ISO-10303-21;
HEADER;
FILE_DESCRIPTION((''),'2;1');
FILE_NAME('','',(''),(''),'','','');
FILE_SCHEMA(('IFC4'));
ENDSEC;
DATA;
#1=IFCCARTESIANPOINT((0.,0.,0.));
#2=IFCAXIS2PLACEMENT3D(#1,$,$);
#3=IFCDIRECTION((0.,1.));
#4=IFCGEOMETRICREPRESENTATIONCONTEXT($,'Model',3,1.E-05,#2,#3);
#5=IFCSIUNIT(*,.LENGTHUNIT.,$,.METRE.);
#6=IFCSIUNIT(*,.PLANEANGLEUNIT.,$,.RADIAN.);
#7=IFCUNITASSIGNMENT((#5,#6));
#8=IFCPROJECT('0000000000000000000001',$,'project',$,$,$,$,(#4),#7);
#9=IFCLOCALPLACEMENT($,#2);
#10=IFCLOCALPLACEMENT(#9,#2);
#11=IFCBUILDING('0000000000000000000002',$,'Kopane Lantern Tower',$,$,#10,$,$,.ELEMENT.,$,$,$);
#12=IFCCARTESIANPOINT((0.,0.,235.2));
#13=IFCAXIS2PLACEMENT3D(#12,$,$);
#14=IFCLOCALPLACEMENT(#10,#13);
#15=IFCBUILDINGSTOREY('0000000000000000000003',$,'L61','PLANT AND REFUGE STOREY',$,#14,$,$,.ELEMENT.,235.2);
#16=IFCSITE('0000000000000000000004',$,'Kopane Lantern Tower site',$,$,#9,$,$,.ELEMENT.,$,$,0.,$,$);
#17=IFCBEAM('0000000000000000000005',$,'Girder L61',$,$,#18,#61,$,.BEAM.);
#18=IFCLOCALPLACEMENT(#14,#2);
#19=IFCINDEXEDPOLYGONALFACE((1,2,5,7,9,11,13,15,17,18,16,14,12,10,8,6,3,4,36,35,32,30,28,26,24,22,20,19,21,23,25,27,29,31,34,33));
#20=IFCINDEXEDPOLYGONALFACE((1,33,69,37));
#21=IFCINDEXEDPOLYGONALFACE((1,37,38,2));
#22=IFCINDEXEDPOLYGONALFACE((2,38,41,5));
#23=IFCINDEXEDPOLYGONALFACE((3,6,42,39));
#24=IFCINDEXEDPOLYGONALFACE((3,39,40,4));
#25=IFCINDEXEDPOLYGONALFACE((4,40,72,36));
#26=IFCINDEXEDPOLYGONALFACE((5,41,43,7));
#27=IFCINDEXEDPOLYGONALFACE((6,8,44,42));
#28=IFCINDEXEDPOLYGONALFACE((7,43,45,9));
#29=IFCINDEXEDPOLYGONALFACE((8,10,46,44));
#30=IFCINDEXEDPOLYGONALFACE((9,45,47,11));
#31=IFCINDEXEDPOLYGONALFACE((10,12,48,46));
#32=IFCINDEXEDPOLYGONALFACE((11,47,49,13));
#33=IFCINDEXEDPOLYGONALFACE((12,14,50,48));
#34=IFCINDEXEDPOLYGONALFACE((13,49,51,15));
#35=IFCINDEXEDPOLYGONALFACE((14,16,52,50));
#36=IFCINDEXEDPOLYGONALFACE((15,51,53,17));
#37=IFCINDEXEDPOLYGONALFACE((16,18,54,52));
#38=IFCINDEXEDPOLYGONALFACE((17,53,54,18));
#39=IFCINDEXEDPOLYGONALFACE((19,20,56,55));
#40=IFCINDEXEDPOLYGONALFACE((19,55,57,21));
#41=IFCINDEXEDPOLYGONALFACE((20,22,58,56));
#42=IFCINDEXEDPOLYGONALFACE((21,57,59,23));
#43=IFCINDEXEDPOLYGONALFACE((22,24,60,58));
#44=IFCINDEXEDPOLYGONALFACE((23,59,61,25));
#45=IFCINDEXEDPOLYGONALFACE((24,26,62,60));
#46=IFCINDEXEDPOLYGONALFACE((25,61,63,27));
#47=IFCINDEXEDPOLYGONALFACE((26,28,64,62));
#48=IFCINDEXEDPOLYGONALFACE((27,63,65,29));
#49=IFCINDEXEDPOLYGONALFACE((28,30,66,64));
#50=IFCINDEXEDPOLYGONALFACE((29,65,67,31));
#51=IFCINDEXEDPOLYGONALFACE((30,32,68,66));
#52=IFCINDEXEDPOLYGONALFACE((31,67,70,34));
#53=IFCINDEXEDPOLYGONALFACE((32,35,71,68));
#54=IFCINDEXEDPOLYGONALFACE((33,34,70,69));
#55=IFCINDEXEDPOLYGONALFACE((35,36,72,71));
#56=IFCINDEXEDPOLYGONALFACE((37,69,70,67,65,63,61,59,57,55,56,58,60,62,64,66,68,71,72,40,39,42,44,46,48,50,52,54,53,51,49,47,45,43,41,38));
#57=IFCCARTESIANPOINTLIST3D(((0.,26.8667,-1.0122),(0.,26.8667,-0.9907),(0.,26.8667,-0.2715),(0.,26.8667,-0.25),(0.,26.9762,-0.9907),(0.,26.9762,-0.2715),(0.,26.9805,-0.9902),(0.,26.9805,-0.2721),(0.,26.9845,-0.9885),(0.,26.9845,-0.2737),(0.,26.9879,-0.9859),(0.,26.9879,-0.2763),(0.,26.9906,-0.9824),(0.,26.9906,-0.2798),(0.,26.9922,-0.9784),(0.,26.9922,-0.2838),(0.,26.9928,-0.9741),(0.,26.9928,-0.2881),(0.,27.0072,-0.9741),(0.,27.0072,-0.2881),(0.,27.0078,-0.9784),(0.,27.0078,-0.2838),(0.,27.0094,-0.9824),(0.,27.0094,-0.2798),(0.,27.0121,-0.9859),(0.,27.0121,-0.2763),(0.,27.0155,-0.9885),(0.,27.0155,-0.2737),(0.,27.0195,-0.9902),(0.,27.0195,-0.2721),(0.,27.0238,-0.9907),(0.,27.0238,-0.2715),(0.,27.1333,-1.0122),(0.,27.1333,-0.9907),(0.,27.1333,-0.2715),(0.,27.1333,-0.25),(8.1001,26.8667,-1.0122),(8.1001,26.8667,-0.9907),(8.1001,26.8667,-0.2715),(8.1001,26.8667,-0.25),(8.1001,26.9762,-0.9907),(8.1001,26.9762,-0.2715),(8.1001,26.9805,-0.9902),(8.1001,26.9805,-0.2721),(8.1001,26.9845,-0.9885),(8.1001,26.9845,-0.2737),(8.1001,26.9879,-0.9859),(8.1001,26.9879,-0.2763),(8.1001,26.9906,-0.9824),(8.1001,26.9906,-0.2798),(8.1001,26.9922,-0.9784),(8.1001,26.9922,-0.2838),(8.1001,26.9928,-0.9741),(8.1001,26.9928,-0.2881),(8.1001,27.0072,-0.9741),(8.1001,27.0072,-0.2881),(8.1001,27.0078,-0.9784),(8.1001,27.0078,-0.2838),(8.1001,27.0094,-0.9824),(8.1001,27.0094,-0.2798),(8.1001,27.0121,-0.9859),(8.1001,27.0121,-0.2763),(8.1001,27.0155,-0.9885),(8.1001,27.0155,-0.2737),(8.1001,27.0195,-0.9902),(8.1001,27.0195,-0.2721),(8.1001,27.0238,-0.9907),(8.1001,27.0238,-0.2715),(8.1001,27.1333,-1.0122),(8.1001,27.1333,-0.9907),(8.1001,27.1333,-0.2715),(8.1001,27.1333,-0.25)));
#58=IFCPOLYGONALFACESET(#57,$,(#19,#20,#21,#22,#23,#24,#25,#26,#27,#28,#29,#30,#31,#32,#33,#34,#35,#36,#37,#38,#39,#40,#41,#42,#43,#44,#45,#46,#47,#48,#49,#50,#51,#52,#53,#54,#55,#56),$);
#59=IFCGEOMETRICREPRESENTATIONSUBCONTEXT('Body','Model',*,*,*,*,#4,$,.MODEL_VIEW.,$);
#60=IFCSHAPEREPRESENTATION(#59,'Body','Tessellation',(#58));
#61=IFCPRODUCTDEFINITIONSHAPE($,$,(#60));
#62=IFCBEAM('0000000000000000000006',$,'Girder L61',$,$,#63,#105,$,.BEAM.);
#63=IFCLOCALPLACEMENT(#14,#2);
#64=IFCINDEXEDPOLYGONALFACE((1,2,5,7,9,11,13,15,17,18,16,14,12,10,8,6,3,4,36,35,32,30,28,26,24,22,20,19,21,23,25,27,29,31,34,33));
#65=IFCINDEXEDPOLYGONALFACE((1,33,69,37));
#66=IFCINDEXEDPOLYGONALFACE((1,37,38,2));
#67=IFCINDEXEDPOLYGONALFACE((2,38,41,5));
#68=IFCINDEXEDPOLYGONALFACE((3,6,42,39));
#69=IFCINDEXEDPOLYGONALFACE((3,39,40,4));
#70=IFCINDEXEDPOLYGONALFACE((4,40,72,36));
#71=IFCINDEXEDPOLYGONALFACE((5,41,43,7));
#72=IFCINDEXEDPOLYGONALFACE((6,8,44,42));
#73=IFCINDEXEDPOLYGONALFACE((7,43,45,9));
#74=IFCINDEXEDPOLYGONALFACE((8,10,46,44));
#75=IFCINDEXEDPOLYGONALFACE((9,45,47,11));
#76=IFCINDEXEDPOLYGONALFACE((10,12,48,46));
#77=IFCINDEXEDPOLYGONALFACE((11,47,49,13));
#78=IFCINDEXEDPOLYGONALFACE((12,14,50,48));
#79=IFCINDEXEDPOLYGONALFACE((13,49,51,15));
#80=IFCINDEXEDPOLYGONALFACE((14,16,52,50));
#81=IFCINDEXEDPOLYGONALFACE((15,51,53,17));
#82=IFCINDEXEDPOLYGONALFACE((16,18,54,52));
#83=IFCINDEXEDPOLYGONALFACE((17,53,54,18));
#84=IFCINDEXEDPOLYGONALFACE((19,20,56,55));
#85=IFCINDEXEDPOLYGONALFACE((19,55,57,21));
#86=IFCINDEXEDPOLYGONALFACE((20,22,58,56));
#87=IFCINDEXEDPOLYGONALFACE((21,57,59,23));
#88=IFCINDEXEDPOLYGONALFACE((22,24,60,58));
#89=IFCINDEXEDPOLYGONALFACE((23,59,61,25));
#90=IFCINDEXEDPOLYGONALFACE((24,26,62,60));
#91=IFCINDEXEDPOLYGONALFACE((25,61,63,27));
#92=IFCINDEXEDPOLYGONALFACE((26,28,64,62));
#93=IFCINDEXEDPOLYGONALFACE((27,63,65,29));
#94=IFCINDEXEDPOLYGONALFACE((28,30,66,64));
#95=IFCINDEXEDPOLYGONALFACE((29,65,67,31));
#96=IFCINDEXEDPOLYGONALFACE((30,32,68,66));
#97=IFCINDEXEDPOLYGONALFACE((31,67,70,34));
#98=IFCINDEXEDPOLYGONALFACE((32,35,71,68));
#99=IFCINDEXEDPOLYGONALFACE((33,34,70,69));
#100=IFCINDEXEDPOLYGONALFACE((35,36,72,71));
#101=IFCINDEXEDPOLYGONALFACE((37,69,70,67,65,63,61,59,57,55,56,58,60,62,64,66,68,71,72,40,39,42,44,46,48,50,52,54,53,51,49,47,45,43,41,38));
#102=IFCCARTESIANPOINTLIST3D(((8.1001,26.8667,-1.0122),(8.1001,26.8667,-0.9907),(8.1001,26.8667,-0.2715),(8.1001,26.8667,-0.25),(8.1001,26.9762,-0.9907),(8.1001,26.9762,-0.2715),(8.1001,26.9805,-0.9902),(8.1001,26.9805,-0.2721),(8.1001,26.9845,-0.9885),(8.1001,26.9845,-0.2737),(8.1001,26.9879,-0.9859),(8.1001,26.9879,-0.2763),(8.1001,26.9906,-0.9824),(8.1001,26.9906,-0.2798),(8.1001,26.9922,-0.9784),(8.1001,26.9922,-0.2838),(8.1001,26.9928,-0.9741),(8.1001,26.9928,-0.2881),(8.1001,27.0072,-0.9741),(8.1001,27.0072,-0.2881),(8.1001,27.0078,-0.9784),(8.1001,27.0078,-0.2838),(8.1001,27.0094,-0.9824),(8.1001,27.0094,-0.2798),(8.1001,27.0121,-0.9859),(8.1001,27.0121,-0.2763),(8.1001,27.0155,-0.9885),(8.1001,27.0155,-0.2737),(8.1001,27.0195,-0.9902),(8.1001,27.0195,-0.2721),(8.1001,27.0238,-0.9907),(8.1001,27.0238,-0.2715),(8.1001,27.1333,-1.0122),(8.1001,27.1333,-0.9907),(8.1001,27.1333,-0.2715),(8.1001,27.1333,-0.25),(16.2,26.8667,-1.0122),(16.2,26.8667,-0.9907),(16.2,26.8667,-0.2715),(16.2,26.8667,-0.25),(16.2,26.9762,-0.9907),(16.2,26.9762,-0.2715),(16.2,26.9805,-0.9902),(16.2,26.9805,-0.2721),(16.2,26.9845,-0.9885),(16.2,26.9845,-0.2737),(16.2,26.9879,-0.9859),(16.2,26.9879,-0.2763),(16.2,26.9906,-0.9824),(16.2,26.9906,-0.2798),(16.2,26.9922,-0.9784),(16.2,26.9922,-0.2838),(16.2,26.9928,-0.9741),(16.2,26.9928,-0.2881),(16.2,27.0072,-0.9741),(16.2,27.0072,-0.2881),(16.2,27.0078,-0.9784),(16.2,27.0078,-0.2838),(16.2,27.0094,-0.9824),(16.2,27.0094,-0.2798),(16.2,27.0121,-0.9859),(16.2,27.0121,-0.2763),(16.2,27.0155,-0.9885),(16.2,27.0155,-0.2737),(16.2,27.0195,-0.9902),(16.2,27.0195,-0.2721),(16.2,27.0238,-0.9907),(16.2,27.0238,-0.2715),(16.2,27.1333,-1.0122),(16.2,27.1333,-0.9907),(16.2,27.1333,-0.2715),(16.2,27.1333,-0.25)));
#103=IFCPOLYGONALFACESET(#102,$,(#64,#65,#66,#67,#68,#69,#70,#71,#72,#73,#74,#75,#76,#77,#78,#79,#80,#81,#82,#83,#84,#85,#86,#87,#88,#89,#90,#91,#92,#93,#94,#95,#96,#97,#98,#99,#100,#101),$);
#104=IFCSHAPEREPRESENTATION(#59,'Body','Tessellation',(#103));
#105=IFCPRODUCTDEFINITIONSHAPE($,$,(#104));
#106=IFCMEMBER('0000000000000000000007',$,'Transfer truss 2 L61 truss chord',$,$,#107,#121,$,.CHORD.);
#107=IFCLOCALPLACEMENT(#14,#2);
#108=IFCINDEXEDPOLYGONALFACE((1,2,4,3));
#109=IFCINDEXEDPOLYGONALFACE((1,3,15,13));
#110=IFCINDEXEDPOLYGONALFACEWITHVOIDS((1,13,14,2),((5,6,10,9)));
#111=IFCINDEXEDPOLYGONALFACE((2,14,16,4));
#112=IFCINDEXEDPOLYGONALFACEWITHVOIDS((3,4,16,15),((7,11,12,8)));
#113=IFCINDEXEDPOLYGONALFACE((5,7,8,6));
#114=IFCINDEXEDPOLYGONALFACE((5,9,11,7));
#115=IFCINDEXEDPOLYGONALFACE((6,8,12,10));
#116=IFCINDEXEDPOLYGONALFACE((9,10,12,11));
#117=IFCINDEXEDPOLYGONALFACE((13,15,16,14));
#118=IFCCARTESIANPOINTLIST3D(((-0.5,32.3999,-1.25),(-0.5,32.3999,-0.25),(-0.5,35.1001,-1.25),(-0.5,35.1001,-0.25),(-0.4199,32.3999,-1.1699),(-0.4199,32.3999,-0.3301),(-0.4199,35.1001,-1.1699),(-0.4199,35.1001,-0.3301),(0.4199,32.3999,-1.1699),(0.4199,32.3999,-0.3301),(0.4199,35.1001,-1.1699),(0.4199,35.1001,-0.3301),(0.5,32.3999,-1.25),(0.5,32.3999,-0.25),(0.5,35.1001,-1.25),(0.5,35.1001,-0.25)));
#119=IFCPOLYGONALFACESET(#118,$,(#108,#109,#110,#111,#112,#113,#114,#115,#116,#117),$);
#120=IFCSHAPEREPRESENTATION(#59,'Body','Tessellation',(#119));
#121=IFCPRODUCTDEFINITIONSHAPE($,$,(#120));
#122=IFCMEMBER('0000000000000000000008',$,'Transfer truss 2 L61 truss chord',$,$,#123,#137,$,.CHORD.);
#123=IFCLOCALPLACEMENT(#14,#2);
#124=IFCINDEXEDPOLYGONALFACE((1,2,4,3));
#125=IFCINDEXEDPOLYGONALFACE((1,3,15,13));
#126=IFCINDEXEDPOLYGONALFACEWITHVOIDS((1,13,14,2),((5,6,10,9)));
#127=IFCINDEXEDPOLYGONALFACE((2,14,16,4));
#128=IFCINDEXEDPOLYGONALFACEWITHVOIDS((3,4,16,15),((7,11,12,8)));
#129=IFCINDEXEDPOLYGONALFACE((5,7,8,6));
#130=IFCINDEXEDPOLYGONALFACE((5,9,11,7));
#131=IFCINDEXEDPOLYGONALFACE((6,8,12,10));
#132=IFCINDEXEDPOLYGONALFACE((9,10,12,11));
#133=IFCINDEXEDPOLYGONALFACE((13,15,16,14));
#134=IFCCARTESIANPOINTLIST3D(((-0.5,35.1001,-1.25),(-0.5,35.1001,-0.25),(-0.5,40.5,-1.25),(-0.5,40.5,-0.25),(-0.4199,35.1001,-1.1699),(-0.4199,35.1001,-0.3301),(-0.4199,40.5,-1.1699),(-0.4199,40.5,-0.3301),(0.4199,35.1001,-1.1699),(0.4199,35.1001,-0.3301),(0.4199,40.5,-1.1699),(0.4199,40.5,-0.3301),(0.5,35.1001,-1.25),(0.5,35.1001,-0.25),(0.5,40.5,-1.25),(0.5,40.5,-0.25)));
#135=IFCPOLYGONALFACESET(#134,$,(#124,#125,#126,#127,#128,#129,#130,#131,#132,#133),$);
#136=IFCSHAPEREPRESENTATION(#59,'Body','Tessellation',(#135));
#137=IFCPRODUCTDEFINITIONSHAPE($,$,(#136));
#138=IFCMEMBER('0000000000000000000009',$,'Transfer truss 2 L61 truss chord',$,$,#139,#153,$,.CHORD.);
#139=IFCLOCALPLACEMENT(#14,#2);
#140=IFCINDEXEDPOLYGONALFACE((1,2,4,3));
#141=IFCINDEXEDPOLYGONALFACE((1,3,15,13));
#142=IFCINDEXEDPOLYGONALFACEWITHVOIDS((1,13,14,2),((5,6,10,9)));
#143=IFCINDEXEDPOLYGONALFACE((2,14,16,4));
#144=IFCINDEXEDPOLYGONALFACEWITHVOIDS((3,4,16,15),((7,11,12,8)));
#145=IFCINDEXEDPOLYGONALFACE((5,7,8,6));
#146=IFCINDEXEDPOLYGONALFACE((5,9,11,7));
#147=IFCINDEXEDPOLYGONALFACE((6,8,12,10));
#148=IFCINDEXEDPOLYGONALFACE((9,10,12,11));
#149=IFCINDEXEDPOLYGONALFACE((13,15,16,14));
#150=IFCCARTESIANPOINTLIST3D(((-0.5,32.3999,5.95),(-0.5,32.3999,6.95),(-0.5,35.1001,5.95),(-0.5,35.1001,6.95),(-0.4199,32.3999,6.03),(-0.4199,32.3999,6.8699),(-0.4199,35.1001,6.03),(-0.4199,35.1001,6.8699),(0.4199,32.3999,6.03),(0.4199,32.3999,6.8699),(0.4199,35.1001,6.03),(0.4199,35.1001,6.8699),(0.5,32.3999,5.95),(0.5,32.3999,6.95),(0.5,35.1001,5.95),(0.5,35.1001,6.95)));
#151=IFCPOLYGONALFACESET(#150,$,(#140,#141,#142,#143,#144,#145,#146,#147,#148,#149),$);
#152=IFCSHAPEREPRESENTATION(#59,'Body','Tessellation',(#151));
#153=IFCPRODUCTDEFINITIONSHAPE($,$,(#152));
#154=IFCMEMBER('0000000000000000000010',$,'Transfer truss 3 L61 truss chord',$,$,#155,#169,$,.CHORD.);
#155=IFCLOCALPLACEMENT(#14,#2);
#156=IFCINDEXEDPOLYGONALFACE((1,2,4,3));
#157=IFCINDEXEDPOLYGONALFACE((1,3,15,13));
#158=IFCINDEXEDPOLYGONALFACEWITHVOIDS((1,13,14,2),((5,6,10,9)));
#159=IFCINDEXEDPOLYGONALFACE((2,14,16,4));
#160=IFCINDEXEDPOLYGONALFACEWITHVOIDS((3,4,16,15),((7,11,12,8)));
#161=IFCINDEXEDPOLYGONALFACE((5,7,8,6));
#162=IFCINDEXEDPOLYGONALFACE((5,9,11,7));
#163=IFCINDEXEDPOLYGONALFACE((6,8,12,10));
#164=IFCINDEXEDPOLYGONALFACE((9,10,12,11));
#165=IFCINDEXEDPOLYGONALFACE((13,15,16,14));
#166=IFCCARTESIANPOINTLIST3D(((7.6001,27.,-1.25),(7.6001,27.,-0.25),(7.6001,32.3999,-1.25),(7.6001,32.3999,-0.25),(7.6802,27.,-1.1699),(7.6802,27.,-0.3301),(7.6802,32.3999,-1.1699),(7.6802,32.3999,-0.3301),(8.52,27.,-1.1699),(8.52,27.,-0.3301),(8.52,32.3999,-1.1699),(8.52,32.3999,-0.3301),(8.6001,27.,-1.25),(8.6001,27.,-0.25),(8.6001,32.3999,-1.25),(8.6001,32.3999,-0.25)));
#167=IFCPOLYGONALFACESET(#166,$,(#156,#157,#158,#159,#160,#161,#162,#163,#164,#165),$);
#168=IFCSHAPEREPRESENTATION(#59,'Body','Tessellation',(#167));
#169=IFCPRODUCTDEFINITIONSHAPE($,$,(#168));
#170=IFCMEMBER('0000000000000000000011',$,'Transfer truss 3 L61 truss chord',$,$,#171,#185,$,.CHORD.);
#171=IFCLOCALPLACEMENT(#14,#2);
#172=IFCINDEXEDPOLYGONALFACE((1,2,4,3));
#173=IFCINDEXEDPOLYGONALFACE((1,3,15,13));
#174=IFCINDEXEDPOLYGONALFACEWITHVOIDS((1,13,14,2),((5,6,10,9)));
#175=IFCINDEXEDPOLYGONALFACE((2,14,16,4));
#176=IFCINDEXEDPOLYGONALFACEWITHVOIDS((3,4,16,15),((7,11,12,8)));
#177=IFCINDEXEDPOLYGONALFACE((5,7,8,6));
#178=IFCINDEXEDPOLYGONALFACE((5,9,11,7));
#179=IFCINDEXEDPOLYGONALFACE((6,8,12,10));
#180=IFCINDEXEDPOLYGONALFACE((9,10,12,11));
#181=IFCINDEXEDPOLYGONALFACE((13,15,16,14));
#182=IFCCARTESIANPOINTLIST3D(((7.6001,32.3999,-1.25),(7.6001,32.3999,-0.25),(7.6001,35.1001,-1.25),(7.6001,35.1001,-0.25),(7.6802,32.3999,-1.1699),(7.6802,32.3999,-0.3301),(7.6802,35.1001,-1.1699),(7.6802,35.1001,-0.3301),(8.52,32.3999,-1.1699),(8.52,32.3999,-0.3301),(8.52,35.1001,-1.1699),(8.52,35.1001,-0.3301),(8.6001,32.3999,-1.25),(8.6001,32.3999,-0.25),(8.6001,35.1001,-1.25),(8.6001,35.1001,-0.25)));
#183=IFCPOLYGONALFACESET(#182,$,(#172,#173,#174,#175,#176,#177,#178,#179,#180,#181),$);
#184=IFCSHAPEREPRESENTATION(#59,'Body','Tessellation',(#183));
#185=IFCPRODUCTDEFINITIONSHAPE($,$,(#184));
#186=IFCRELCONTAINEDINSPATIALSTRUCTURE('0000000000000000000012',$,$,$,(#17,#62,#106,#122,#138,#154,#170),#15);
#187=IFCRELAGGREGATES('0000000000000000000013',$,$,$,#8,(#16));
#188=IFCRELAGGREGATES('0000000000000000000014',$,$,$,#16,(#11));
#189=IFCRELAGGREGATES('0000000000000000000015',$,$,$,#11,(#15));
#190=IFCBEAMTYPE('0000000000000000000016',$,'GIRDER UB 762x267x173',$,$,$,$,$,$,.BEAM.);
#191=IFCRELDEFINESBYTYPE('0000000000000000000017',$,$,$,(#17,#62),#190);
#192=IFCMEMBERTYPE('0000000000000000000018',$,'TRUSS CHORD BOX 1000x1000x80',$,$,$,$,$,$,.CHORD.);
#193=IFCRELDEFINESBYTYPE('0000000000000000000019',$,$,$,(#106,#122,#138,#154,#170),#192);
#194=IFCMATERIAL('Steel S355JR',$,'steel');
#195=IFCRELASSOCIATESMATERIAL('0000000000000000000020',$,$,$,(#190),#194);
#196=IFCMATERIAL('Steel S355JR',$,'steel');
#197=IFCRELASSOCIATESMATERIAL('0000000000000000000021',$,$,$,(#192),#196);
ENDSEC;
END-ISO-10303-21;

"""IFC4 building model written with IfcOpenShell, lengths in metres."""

from ifc_helpers import new_model, si_unit, direction, frame, origin, origin_2d, place, context, subcontext, project, spatial, hollow_rectangle, i_section, extrude, material, material_profile, profile_set, type_object, element, save


model = new_model("IFC4")

# Units and contexts
model_context = context("Model", 3, precision=1e-05, world=origin(), true_north=direction((0.0, 1.0)))
body_context = subcontext(model_context, "Body", "Model", "MODEL_VIEW")
ifc_project = project(units=[si_unit("LENGTHUNIT", "METRE"), si_unit("PLANEANGLEUNIT", "RADIAN")], contexts=[model_context])

# Site, building, storey
site_placement = place(None, origin())
site = spatial("IfcSite", under=ifc_project, at=site_placement, Name="Kopane Lantern Tower site", CompositionType="ELEMENT", RefElevation=0.0)
building_placement = place(site_placement, origin())
building = spatial("IfcBuilding", under=site, at=building_placement, Name="Kopane Lantern Tower", CompositionType="ELEMENT")
storey_placement = place(building_placement, frame((0.0, 0.0, 235.2)))
storey = spatial("IfcBuildingStorey", under=building, at=storey_placement, Name="L61", Description="PLANT AND REFUGE STOREY", CompositionType="ELEMENT", Elevation=235.2)

# Beams
ifc_material_1 = material(Name="Steel S355JR", Category="steel")
ifc_material_profile_1 = material_profile(ifc_material_1, i_section(OverallWidth=0.2666, OverallDepth=0.7622, WebThickness=0.0144, FlangeThickness=0.0215, FilletRadius=0.0166, at=origin_2d()), Name="UB 762x267x173")
ifc_profile_set_1 = profile_set([ifc_material_profile_1], Name="Steel S355JR")
beam_type = type_object("IfcBeamType", Name="GIRDER UB 762x267x173", PredefinedType="BEAM", material=ifc_profile_set_1)
beam_1_placement = place(storey_placement, frame((0.0, 27.0, -0.6311), z_axis=(1.0, 0.0, 0.0), x_axis=(0.0, 1.0, 0.0)))
element("IfcBeam", 1, at=beam_1_placement, inside=storey, type_object=beam_type, Name="Girder L61", PredefinedType="BEAM", context=body_context, shape_type="SweptSolid", body=[
    extrude(i_section(OverallWidth=0.2666, OverallDepth=0.7622, WebThickness=0.0144, FlangeThickness=0.0215, FilletRadius=0.0166, at=origin_2d()), origin(), (0.0, 0.0, 1.0), 8.1001),
])
beam_2_placement = place(storey_placement, frame((8.1001, 27.0, -0.6311), z_axis=(1.0, 0.0, 0.0), x_axis=(0.0, 1.0, 0.0)))
element("IfcBeam", 2, at=beam_2_placement, inside=storey, type_object=beam_type, Name="Girder L61", PredefinedType="BEAM", context=body_context, shape_type="SweptSolid", body=[
    extrude(i_section(OverallWidth=0.2666, OverallDepth=0.7622, WebThickness=0.0144, FlangeThickness=0.0215, FilletRadius=0.0166, at=origin_2d()), origin(), (0.0, 0.0, 1.0), 8.0999),
])

# Members
ifc_material_2 = material(Name="Steel S355JR", Category="steel")
ifc_material_profile_2 = material_profile(ifc_material_2, hollow_rectangle(XDim=1.0, YDim=1.0, WallThickness=0.0801, at=origin_2d()), Name="BOX 1000x1000x80")
ifc_profile_set_2 = profile_set([ifc_material_profile_2], Name="Steel S355JR")
member_type_1 = type_object("IfcMemberType", Name="TRUSS CHORD BOX 1000x1000x80", PredefinedType="CHORD", material=ifc_profile_set_2)
member_1_placement = place(storey_placement, frame((0.0, 32.3999, -0.75), z_axis=(0.0, 1.0, 0.0), x_axis=(-1.0, 0.0, 0.0)))
element("IfcMember", 3, at=member_1_placement, inside=storey, type_object=member_type_1, Name="Transfer truss 2 L61 truss chord", PredefinedType="CHORD", context=body_context, shape_type="SweptSolid", body=[
    extrude(hollow_rectangle(XDim=1.0, YDim=1.0, WallThickness=0.0801, at=origin_2d()), origin(), (0.0, 0.0, 1.0), 2.7002),
])
member_2_placement = place(storey_placement, frame((0.0, 35.1001, -0.75), z_axis=(0.0, 1.0, 0.0), x_axis=(-1.0, 0.0, 0.0)))
element("IfcMember", 4, at=member_2_placement, inside=storey, type_object=member_type_1, Name="Transfer truss 2 L61 truss chord", PredefinedType="CHORD", context=body_context, shape_type="SweptSolid", body=[
    extrude(hollow_rectangle(XDim=1.0, YDim=1.0, WallThickness=0.0801, at=origin_2d()), origin(), (0.0, 0.0, 1.0), 5.3999),
])
member_3_placement = place(storey_placement, frame((0.0, 32.3999, 6.45), z_axis=(0.0, 1.0, 0.0), x_axis=(-1.0, 0.0, 0.0)))
element("IfcMember", 5, at=member_3_placement, inside=storey, type_object=member_type_1, Name="Transfer truss 2 L61 truss chord", PredefinedType="CHORD", context=body_context, shape_type="SweptSolid", body=[
    extrude(hollow_rectangle(XDim=1.0, YDim=1.0, WallThickness=0.0801, at=origin_2d()), origin(), (0.0, 0.0, 1.0), 2.7002),
])
member_4_placement = place(storey_placement, frame((8.1001, 27.0, -0.75), z_axis=(0.0, 1.0, 0.0), x_axis=(-1.0, 0.0, 0.0)))
element("IfcMember", 6, at=member_4_placement, inside=storey, type_object=member_type_1, Name="Transfer truss 3 L61 truss chord", PredefinedType="CHORD", context=body_context, shape_type="SweptSolid", body=[
    extrude(hollow_rectangle(XDim=1.0, YDim=1.0, WallThickness=0.0801, at=origin_2d()), origin(), (0.0, 0.0, 1.0), 5.3999),
])
member_5_placement = place(storey_placement, frame((8.1001, 32.3999, -0.75), z_axis=(0.0, 1.0, 0.0), x_axis=(-1.0, 0.0, 0.0)))
element("IfcMember", 7, at=member_5_placement, inside=storey, type_object=member_type_1, Name="Transfer truss 3 L61 truss chord", PredefinedType="CHORD", context=body_context, shape_type="SweptSolid", body=[
    extrude(hollow_rectangle(XDim=1.0, YDim=1.0, WallThickness=0.0801, at=origin_2d()), origin(), (0.0, 0.0, 1.0), 2.7002),
])

save(model, "model.ifc")
